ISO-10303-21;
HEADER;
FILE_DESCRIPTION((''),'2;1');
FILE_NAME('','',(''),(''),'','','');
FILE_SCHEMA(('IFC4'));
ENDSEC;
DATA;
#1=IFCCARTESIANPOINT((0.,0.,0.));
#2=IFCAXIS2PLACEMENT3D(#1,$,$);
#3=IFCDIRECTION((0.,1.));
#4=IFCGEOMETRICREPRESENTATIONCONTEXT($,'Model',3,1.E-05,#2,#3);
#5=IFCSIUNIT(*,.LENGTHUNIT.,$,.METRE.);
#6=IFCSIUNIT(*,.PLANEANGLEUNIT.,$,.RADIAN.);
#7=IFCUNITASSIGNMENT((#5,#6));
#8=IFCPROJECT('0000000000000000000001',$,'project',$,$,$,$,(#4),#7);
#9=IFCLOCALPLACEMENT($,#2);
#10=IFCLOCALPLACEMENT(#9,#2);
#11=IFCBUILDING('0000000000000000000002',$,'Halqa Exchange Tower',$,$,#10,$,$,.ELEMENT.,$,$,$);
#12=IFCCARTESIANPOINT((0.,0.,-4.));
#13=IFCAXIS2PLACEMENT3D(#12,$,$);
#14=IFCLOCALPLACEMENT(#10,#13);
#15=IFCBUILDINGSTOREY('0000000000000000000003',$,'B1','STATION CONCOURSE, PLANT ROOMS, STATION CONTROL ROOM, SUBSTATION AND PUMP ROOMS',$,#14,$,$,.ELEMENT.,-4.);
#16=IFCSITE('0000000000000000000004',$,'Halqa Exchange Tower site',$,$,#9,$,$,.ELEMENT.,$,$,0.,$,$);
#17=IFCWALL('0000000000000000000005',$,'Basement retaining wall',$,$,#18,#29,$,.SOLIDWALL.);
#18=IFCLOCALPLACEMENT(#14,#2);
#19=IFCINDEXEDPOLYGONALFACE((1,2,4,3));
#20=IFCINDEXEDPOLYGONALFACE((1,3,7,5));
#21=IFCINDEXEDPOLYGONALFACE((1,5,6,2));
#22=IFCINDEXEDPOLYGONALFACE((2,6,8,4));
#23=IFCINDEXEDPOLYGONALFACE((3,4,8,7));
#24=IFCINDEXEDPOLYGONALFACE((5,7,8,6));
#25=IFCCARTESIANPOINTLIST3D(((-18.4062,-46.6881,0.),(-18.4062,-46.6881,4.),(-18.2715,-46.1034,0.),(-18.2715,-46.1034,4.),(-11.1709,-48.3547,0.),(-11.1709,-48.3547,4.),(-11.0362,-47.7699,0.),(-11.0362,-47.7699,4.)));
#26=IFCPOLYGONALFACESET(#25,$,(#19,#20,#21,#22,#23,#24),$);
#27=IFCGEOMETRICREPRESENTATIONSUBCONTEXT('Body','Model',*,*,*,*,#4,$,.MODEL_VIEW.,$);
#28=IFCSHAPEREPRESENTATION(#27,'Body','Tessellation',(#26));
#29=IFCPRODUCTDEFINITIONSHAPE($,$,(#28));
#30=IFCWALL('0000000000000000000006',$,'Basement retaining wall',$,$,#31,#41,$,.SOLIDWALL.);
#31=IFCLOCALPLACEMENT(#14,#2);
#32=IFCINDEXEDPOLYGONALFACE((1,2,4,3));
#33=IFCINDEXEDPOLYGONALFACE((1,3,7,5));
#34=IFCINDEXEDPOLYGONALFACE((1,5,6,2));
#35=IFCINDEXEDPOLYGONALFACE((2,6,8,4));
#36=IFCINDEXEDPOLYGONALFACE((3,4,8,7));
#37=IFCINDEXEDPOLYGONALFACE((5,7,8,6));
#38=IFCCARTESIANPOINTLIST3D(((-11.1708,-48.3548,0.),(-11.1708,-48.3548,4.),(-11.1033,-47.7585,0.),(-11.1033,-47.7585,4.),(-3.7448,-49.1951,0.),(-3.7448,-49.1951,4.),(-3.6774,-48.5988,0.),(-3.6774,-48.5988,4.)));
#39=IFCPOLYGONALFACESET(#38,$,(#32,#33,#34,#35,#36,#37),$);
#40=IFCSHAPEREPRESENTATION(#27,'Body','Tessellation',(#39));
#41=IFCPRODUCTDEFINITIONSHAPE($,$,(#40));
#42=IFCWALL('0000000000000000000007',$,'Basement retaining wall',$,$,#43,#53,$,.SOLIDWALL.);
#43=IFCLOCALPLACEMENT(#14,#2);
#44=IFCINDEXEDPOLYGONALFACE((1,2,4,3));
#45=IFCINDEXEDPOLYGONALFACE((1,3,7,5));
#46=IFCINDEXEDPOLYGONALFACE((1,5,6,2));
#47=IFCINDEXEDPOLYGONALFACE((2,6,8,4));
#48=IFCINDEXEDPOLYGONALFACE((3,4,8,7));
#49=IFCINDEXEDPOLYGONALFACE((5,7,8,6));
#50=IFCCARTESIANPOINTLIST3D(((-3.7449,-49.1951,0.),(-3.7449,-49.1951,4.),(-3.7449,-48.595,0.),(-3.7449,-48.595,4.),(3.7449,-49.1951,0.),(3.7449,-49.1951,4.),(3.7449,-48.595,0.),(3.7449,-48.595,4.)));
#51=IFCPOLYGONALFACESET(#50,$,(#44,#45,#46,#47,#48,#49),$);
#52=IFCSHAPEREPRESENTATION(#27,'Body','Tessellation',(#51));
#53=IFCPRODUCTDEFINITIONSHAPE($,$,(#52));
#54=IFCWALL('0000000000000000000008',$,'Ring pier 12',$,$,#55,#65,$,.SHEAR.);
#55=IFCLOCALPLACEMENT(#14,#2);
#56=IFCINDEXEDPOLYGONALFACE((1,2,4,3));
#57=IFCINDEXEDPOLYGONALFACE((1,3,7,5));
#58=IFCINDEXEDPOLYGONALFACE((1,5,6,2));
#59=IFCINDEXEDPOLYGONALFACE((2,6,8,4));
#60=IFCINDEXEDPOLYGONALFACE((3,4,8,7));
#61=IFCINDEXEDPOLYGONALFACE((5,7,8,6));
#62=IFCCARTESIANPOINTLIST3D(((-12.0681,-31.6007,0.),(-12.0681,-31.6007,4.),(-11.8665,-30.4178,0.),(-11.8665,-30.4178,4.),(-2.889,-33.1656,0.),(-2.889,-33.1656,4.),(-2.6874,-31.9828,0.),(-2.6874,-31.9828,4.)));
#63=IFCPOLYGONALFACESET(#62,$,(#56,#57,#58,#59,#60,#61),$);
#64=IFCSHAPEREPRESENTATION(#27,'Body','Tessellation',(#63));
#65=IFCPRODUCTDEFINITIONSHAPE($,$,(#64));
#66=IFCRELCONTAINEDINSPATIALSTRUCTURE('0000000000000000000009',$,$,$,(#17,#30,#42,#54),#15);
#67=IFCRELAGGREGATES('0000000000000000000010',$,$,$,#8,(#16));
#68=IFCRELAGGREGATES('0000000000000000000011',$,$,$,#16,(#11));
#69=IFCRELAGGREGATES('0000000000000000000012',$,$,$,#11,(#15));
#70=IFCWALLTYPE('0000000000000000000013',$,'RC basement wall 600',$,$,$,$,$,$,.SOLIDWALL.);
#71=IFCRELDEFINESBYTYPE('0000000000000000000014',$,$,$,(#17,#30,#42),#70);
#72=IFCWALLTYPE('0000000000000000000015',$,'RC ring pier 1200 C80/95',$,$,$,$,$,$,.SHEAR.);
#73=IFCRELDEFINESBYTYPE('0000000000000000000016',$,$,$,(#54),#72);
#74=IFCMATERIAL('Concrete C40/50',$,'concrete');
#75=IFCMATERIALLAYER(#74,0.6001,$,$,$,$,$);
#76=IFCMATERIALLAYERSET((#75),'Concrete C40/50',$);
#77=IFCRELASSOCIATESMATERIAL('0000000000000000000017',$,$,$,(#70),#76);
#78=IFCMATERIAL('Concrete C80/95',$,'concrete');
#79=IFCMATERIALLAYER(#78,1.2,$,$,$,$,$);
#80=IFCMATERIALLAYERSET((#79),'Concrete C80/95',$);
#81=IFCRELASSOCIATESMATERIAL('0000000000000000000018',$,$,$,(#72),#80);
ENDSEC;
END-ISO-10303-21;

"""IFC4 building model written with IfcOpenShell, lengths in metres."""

from ifc_helpers import new_model, si_unit, direction, frame, frame_2d, origin, place, context, subcontext, project, spatial, rectangle, extrude, material, layer, layer_set, type_object, element, save


model = new_model("IFC4")

# Units and contexts
model_context = context("Model", 3, precision=1e-05, world=origin(), true_north=direction((0.0, 1.0)))
body_context = subcontext(model_context, "Body", "Model", "MODEL_VIEW")
ifc_project = project(units=[si_unit("LENGTHUNIT", "METRE"), si_unit("PLANEANGLEUNIT", "RADIAN")], contexts=[model_context])

# Site, building, storey
site_placement = place(None, origin())
site = spatial("IfcSite", under=ifc_project, at=site_placement, Name="Halqa Exchange Tower site", CompositionType="ELEMENT", RefElevation=0.0)
building_placement = place(site_placement, origin())
building = spatial("IfcBuilding", under=site, at=building_placement, Name="Halqa Exchange Tower", CompositionType="ELEMENT")
storey_placement = place(building_placement, frame((0.0, 0.0, -4.0)))
storey = spatial("IfcBuildingStorey", under=building, at=storey_placement, Name="B1", Description="STATION CONCOURSE, PLANT ROOMS, STATION CONTROL ROOM, SUBSTATION AND PUMP ROOMS", CompositionType="ELEMENT", Elevation=-4.0)

# Walls
ifc_material_1 = material(Name="Concrete C40/50", Category="concrete")
ifc_layer_1 = layer(ifc_material_1, 0.6001)
ifc_layer_set_1 = layer_set([ifc_layer_1], Name="Concrete C40/50")
wall_type_1 = type_object("IfcWallType", Name="RC basement wall 600", PredefinedType="SOLIDWALL", material=ifc_layer_set_1)
wall_1_placement = place(storey_placement, frame((-18.3389, -46.3958, 0.0), z_axis=(0.0, 0.0, 1.0), x_axis=(0.974485, -0.224451, 0.0)))
element("IfcWall", 1, at=wall_1_placement, inside=storey, type_object=wall_type_1, Name="Basement retaining wall", PredefinedType="SOLIDWALL", context=body_context, shape_type="SweptSolid", body=[
    extrude(rectangle(XDim=7.4248, YDim=0.6001, at=frame_2d((3.7124, 0.0))), origin(), (0.0, 0.0, 1.0), 4.0),
])
wall_2_placement = place(storey_placement, frame((-11.1372, -48.0566, 0.0), z_axis=(0.0, 0.0, 1.0), x_axis=(0.993658, -0.112443, 0.0)))
element("IfcWall", 2, at=wall_2_placement, inside=storey, type_object=wall_type_1, Name="Basement retaining wall", PredefinedType="SOLIDWALL", context=body_context, shape_type="SweptSolid", body=[
    extrude(rectangle(XDim=7.4734, YDim=0.6001, at=frame_2d((3.7368, 0.0))), origin(), (0.0, 0.0, 1.0), 4.0),
])
wall_3_placement = place(storey_placement, frame((-3.7449, -48.895, 0.0), z_axis=(0.0, 0.0, 1.0), x_axis=(1.0, 0.0, 0.0)))
element("IfcWall", 3, at=wall_3_placement, inside=storey, type_object=wall_type_1, Name="Basement retaining wall", PredefinedType="SOLIDWALL", context=body_context, shape_type="SweptSolid", body=[
    extrude(rectangle(XDim=7.4897, YDim=0.6001, at=frame_2d((3.7449, 0.0))), origin(), (0.0, 0.0, 1.0), 4.0),
])
ifc_material_2 = material(Name="Concrete C80/95", Category="concrete")
ifc_layer_2 = layer(ifc_material_2, 1.2)
ifc_layer_set_2 = layer_set([ifc_layer_2], Name="Concrete C80/95")
wall_type_2 = type_object("IfcWallType", Name="RC ring pier 1200 C80/95", PredefinedType="SHEAR", material=ifc_layer_set_2)
wall_4_placement = place(storey_placement, frame((-11.9673, -31.0093, 0.0), z_axis=(0.0, 0.0, 1.0), x_axis=(0.985776, -0.168063, 0.0)))
element("IfcWall", 4, at=wall_4_placement, inside=storey, type_object=wall_type_2, Name="Ring pier 12", PredefinedType="SHEAR", context=body_context, shape_type="SweptSolid", body=[
    extrude(rectangle(XDim=9.3115, YDim=1.2, at=frame_2d((4.6558, 0.0))), origin(), (0.0, 0.0, 1.0), 4.0),
])

save(model, "model.ifc")
